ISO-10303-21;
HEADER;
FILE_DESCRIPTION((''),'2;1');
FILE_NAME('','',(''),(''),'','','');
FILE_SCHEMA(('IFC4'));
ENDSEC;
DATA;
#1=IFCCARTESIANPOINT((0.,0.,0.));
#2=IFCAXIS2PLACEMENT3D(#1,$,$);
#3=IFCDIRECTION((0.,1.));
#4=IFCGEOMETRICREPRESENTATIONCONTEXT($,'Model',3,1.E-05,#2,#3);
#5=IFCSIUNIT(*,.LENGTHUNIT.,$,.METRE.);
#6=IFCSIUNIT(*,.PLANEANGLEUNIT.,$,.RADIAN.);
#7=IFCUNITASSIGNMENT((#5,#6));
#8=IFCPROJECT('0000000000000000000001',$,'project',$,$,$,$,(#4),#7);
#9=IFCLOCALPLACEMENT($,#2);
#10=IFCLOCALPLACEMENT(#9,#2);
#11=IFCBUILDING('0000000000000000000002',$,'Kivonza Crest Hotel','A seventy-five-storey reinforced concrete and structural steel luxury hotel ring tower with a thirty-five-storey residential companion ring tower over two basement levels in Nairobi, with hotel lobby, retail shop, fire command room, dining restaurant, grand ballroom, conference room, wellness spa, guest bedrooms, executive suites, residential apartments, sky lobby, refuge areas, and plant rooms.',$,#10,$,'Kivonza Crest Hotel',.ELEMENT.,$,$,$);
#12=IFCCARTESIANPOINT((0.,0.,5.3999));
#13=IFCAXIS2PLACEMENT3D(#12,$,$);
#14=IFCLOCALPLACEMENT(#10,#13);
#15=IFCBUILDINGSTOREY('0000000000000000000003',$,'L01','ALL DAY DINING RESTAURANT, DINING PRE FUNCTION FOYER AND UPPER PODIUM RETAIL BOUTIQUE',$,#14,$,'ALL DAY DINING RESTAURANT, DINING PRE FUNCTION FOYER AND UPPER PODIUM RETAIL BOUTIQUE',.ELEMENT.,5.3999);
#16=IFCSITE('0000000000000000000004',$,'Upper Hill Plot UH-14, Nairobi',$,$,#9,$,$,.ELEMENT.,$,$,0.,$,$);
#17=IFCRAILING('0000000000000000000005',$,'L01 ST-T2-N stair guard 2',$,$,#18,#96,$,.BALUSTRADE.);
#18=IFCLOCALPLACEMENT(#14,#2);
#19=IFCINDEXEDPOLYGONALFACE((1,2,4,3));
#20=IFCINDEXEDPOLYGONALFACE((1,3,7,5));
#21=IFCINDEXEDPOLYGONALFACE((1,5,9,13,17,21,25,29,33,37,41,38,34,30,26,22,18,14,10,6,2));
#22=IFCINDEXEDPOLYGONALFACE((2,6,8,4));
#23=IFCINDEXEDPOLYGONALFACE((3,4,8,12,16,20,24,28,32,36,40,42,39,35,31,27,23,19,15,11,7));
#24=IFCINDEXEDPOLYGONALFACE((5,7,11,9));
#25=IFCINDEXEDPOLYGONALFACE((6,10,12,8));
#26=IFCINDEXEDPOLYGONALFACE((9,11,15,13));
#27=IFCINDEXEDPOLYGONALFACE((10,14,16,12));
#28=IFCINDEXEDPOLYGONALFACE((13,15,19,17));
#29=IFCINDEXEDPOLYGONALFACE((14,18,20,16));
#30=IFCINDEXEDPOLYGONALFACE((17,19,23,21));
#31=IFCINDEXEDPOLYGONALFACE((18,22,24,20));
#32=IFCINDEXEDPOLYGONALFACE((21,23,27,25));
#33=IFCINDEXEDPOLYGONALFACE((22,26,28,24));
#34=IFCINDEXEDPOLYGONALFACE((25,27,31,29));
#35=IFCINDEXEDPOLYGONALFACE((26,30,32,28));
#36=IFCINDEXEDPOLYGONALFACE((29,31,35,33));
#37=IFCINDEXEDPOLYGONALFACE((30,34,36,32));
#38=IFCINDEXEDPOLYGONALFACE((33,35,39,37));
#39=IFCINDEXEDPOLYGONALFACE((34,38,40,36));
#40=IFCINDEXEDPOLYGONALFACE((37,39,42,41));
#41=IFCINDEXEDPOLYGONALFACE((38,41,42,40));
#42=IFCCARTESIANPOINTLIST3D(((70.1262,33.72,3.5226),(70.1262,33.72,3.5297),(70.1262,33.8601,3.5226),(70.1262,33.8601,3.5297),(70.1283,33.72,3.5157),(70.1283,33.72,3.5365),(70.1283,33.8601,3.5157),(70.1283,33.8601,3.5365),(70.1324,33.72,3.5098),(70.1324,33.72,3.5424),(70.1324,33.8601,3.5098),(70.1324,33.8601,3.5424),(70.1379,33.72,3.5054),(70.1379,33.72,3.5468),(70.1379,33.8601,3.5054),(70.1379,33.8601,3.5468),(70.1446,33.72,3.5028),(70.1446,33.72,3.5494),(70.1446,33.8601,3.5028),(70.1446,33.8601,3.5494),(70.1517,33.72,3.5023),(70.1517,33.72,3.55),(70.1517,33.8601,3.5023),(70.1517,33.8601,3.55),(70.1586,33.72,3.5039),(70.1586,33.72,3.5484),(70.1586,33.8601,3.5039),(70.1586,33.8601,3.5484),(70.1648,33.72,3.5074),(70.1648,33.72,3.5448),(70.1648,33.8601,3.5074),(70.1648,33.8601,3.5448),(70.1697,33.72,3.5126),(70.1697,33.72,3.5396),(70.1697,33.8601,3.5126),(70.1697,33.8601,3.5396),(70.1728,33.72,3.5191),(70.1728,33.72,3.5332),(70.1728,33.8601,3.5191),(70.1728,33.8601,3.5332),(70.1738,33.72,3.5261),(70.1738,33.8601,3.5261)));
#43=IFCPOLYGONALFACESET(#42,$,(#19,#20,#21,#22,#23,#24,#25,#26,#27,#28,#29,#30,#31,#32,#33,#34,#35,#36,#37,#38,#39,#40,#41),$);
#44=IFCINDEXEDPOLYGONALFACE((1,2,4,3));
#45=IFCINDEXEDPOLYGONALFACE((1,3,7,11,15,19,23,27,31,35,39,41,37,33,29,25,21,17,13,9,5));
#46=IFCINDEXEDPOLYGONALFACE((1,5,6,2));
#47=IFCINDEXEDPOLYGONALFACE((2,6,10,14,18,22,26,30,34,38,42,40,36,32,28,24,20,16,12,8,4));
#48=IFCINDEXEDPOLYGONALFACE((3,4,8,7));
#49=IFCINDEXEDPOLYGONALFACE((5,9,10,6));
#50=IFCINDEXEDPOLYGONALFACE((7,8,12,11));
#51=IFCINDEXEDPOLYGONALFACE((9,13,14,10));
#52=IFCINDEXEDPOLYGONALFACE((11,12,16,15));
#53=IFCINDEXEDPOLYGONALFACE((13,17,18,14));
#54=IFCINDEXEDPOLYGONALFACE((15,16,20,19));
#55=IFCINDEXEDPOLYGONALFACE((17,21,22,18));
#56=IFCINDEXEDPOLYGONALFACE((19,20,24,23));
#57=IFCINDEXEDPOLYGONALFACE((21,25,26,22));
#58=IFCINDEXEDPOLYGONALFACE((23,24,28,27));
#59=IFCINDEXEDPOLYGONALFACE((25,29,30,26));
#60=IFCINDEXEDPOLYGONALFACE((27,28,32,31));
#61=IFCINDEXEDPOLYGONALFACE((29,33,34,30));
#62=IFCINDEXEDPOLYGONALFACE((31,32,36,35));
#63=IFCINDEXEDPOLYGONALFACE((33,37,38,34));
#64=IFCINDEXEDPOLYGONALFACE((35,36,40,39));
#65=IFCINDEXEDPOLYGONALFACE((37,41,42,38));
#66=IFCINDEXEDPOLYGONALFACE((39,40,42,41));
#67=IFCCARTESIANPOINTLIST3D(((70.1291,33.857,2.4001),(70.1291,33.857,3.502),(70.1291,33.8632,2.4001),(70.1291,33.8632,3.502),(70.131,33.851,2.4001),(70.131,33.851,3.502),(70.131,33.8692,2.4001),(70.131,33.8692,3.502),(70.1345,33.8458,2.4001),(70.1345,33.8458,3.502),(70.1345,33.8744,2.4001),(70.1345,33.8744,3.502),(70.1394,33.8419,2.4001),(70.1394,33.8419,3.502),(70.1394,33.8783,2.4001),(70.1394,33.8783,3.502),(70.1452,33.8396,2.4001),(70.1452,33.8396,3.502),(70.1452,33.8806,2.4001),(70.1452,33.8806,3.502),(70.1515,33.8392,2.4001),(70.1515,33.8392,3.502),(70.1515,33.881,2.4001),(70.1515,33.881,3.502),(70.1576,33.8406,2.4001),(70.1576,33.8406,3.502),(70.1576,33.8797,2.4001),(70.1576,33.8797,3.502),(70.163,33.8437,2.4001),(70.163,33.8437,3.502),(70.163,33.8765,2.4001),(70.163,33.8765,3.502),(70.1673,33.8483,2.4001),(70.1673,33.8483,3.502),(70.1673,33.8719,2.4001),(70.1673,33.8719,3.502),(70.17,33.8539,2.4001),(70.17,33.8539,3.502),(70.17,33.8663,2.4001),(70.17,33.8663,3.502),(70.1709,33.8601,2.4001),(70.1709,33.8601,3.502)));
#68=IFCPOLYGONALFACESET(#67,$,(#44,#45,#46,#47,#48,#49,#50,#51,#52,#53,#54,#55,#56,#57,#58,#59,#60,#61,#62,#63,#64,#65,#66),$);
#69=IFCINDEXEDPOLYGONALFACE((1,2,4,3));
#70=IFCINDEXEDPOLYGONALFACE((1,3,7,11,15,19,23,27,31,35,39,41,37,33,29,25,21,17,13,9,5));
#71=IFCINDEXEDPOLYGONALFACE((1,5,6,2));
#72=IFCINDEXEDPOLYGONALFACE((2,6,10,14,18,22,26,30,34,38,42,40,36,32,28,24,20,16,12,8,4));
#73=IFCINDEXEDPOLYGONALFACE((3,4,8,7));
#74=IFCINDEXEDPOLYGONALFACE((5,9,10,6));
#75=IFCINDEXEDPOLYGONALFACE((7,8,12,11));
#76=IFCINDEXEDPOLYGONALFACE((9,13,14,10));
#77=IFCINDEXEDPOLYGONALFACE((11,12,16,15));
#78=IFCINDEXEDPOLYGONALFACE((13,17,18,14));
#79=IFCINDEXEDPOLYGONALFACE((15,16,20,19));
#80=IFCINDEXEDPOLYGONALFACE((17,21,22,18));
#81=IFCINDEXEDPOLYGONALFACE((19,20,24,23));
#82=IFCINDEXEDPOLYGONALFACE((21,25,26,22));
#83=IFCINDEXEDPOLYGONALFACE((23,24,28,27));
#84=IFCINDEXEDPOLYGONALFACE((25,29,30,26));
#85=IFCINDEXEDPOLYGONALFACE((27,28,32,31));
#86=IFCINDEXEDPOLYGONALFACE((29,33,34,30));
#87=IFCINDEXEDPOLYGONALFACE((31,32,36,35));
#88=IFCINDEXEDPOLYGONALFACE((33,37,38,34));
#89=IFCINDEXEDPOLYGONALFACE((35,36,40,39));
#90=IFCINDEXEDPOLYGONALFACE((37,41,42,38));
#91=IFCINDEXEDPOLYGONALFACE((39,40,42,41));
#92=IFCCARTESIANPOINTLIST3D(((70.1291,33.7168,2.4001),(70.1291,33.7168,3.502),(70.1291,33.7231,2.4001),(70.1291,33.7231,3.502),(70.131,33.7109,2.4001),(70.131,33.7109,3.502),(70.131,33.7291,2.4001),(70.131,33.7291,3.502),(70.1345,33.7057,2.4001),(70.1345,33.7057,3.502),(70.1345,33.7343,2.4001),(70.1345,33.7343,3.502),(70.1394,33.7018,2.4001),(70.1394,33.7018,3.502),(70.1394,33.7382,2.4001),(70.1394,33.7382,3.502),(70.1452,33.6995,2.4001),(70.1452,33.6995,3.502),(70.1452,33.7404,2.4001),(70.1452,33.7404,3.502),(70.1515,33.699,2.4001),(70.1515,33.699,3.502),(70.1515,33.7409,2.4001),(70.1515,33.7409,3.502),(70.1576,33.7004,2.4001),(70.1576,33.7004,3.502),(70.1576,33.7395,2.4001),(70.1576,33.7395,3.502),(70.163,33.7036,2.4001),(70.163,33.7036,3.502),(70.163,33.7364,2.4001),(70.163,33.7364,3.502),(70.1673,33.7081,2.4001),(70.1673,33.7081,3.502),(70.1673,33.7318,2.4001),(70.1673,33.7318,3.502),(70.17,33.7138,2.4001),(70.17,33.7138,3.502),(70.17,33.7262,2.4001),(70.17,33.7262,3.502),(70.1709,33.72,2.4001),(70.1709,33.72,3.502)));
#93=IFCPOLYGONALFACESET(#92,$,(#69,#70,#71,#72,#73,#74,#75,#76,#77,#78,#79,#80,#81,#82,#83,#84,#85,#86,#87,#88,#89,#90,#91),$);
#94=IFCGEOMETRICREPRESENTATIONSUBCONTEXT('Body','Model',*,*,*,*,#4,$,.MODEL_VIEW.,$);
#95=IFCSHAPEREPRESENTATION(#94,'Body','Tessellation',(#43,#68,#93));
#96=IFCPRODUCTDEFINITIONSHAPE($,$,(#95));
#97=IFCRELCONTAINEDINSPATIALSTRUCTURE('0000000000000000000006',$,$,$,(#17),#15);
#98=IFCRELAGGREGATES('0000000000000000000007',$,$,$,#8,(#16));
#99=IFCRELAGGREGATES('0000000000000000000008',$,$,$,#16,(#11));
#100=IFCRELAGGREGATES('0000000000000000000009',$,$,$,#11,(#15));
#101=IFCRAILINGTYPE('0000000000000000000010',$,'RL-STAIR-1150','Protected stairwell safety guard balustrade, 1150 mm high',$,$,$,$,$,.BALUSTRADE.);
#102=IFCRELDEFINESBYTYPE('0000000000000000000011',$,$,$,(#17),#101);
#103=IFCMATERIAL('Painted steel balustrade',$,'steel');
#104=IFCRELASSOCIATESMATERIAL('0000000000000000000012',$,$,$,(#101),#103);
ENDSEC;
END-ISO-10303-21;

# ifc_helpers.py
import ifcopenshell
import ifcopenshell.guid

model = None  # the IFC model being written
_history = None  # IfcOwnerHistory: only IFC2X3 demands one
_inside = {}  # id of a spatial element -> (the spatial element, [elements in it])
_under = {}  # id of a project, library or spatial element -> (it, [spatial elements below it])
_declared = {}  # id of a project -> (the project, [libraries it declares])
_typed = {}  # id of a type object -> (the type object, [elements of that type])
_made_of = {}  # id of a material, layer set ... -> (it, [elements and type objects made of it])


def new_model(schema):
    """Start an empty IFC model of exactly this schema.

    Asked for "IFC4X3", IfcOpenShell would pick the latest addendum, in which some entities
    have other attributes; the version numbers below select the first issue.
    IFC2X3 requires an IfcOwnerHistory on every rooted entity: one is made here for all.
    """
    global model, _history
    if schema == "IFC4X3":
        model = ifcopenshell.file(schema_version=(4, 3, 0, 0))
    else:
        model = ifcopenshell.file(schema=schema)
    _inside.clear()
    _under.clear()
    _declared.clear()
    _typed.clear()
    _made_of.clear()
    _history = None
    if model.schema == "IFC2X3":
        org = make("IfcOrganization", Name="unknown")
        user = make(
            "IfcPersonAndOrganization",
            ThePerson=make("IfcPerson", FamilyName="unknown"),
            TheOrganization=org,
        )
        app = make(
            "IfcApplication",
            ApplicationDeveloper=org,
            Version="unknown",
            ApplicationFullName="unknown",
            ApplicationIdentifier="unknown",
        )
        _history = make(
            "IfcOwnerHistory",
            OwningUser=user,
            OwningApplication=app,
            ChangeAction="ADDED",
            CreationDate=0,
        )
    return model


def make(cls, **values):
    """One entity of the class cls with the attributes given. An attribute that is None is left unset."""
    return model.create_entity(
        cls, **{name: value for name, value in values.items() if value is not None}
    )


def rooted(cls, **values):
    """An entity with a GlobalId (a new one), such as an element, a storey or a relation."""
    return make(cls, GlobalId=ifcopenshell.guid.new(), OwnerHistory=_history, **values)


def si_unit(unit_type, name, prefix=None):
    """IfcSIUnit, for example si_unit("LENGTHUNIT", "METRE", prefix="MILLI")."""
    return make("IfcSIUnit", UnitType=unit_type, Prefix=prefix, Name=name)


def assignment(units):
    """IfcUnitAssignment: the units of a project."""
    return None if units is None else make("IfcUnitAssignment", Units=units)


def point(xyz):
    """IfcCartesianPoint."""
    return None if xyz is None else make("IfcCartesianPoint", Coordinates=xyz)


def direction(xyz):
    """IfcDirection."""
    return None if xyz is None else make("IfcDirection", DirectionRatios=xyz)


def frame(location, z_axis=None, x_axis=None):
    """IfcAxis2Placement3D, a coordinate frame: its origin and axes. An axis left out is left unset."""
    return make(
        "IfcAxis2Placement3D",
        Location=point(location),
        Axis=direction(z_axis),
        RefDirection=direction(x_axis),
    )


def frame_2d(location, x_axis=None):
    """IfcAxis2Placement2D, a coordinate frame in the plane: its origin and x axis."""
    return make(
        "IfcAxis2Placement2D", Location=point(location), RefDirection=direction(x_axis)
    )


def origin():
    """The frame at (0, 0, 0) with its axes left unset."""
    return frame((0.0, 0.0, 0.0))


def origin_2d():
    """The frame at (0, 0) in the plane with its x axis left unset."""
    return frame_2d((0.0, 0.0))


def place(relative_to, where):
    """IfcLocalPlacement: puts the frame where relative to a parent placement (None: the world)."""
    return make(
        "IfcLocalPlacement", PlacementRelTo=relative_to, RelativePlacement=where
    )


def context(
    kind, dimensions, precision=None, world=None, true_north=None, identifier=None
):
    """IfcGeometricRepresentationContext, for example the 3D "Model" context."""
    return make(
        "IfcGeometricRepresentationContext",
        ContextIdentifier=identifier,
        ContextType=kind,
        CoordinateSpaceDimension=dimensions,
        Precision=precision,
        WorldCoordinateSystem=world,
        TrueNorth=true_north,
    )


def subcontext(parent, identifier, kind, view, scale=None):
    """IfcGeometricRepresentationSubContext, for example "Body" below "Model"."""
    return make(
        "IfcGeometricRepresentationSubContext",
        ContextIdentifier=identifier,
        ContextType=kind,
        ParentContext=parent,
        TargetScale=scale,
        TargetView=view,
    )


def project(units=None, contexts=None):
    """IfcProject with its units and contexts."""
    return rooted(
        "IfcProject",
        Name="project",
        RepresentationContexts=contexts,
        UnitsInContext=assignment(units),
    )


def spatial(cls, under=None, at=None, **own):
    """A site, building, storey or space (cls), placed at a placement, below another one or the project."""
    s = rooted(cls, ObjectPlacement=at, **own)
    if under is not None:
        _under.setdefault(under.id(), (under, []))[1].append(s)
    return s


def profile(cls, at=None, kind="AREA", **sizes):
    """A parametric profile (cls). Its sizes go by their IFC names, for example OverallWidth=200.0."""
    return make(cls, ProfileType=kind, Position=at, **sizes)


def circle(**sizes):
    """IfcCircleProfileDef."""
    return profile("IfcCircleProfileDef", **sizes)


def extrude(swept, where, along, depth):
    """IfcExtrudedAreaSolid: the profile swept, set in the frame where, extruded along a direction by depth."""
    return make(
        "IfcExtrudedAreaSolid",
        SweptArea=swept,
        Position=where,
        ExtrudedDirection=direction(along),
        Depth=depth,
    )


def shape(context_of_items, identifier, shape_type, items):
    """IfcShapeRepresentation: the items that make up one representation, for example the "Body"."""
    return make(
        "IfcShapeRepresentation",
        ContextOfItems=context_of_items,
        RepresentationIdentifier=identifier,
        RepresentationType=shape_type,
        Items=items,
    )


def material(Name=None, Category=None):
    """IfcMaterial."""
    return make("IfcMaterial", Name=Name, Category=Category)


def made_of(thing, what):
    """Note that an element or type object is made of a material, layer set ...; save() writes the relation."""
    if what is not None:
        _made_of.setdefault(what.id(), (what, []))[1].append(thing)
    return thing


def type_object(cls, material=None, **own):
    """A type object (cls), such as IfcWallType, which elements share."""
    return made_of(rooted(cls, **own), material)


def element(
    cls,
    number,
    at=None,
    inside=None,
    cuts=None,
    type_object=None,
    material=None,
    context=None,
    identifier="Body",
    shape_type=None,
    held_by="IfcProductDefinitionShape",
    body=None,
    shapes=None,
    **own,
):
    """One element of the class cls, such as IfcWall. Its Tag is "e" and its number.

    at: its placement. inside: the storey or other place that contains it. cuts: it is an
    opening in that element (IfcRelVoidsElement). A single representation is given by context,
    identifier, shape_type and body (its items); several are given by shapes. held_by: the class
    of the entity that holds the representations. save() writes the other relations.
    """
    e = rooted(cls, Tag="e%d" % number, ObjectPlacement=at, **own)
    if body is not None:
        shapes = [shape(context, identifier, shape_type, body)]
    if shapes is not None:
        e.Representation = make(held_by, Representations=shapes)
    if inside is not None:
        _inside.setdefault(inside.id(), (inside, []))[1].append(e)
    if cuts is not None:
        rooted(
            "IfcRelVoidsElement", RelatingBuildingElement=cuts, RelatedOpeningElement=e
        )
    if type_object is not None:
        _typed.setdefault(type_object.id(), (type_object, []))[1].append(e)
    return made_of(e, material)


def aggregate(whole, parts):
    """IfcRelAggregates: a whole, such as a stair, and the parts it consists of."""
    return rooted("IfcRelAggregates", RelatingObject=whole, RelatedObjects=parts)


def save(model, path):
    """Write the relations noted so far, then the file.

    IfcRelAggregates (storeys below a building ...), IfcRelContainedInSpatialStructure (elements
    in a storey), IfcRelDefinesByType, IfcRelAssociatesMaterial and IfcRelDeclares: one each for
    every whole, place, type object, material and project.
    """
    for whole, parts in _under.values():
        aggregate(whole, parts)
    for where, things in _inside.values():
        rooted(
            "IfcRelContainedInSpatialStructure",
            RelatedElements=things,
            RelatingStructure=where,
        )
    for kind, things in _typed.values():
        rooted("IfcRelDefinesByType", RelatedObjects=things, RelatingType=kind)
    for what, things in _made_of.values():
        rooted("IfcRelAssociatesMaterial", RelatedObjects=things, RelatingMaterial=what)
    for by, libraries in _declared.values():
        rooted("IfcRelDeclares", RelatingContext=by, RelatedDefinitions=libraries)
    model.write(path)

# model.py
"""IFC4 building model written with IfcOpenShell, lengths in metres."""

from ifc_helpers import new_model, si_unit, direction, frame, origin, origin_2d, place, context, subcontext, project, spatial, circle, extrude, material, type_object, element, save


model = new_model("IFC4")

# Units and contexts
model_context = context("Model", 3, precision=1e-05, world=origin(), true_north=direction((0.0, 1.0)))
body_context = subcontext(model_context, "Body", "Model", "MODEL_VIEW")
ifc_project = project(units=[si_unit("LENGTHUNIT", "METRE"), si_unit("PLANEANGLEUNIT", "RADIAN")], contexts=[model_context])

# Site, building, storey
site_placement = place(None, origin())
site = spatial("IfcSite", under=ifc_project, at=site_placement, Name="Upper Hill Plot UH-14, Nairobi", CompositionType="ELEMENT", RefElevation=0.0)
building_placement = place(site_placement, origin())
building = spatial("IfcBuilding", under=site, at=building_placement, Name="Kivonza Crest Hotel", Description="A seventy-five-storey reinforced concrete and structural steel luxury hotel ring tower with a thirty-five-storey residential companion ring tower over two basement levels in Nairobi, with hotel lobby, retail shop, fire command room, dining restaurant, grand ballroom, conference room, wellness spa, guest bedrooms, executive suites, residential apartments, sky lobby, refuge areas, and plant rooms.", LongName="Kivonza Crest Hotel", CompositionType="ELEMENT")
storey_placement = place(building_placement, frame((0.0, 0.0, 5.3999)))
storey = spatial("IfcBuildingStorey", under=building, at=storey_placement, Name="L01", Description="ALL DAY DINING RESTAURANT, DINING PRE FUNCTION FOYER AND UPPER PODIUM RETAIL BOUTIQUE", LongName="ALL DAY DINING RESTAURANT, DINING PRE FUNCTION FOYER AND UPPER PODIUM RETAIL BOUTIQUE", CompositionType="ELEMENT", Elevation=5.3999)

# Railing
ifc_material_1 = material(Name="Painted steel balustrade", Category="steel")
railing_type_1 = type_object("IfcRailingType", Name="RL-STAIR-1150", Description="Protected stairwell safety guard balustrade, 1150 mm high", PredefinedType="BALUSTRADE", material=ifc_material_1)
railing_1_placement = place(storey_placement, frame((70.1499, 33.8601, 2.4001)))
element("IfcRailing", 1, at=railing_1_placement, inside=storey, type_object=railing_type_1, Name="L01 ST-T2-N stair guard 2", PredefinedType="BALUSTRADE", context=body_context, shape_type="SweptSolid", body=[
    extrude(circle(Radius=0.0239, at=origin_2d()), frame((0.0, 0.0, 1.126), z_axis=(0.0, -1.0, 0.0), x_axis=(1.0, 0.0, 0.0)), (0.0, 0.0, 1.0), 0.1401),
    extrude(circle(Radius=0.021, at=origin_2d()), origin(), (0.0, 0.0, 1.0), 1.1018),
    extrude(circle(Radius=0.021, at=origin_2d()), frame((0.0, -0.1401, 0.0)), (0.0, 0.0, 1.0), 1.1018),
])

save(model, "model.ifc")
